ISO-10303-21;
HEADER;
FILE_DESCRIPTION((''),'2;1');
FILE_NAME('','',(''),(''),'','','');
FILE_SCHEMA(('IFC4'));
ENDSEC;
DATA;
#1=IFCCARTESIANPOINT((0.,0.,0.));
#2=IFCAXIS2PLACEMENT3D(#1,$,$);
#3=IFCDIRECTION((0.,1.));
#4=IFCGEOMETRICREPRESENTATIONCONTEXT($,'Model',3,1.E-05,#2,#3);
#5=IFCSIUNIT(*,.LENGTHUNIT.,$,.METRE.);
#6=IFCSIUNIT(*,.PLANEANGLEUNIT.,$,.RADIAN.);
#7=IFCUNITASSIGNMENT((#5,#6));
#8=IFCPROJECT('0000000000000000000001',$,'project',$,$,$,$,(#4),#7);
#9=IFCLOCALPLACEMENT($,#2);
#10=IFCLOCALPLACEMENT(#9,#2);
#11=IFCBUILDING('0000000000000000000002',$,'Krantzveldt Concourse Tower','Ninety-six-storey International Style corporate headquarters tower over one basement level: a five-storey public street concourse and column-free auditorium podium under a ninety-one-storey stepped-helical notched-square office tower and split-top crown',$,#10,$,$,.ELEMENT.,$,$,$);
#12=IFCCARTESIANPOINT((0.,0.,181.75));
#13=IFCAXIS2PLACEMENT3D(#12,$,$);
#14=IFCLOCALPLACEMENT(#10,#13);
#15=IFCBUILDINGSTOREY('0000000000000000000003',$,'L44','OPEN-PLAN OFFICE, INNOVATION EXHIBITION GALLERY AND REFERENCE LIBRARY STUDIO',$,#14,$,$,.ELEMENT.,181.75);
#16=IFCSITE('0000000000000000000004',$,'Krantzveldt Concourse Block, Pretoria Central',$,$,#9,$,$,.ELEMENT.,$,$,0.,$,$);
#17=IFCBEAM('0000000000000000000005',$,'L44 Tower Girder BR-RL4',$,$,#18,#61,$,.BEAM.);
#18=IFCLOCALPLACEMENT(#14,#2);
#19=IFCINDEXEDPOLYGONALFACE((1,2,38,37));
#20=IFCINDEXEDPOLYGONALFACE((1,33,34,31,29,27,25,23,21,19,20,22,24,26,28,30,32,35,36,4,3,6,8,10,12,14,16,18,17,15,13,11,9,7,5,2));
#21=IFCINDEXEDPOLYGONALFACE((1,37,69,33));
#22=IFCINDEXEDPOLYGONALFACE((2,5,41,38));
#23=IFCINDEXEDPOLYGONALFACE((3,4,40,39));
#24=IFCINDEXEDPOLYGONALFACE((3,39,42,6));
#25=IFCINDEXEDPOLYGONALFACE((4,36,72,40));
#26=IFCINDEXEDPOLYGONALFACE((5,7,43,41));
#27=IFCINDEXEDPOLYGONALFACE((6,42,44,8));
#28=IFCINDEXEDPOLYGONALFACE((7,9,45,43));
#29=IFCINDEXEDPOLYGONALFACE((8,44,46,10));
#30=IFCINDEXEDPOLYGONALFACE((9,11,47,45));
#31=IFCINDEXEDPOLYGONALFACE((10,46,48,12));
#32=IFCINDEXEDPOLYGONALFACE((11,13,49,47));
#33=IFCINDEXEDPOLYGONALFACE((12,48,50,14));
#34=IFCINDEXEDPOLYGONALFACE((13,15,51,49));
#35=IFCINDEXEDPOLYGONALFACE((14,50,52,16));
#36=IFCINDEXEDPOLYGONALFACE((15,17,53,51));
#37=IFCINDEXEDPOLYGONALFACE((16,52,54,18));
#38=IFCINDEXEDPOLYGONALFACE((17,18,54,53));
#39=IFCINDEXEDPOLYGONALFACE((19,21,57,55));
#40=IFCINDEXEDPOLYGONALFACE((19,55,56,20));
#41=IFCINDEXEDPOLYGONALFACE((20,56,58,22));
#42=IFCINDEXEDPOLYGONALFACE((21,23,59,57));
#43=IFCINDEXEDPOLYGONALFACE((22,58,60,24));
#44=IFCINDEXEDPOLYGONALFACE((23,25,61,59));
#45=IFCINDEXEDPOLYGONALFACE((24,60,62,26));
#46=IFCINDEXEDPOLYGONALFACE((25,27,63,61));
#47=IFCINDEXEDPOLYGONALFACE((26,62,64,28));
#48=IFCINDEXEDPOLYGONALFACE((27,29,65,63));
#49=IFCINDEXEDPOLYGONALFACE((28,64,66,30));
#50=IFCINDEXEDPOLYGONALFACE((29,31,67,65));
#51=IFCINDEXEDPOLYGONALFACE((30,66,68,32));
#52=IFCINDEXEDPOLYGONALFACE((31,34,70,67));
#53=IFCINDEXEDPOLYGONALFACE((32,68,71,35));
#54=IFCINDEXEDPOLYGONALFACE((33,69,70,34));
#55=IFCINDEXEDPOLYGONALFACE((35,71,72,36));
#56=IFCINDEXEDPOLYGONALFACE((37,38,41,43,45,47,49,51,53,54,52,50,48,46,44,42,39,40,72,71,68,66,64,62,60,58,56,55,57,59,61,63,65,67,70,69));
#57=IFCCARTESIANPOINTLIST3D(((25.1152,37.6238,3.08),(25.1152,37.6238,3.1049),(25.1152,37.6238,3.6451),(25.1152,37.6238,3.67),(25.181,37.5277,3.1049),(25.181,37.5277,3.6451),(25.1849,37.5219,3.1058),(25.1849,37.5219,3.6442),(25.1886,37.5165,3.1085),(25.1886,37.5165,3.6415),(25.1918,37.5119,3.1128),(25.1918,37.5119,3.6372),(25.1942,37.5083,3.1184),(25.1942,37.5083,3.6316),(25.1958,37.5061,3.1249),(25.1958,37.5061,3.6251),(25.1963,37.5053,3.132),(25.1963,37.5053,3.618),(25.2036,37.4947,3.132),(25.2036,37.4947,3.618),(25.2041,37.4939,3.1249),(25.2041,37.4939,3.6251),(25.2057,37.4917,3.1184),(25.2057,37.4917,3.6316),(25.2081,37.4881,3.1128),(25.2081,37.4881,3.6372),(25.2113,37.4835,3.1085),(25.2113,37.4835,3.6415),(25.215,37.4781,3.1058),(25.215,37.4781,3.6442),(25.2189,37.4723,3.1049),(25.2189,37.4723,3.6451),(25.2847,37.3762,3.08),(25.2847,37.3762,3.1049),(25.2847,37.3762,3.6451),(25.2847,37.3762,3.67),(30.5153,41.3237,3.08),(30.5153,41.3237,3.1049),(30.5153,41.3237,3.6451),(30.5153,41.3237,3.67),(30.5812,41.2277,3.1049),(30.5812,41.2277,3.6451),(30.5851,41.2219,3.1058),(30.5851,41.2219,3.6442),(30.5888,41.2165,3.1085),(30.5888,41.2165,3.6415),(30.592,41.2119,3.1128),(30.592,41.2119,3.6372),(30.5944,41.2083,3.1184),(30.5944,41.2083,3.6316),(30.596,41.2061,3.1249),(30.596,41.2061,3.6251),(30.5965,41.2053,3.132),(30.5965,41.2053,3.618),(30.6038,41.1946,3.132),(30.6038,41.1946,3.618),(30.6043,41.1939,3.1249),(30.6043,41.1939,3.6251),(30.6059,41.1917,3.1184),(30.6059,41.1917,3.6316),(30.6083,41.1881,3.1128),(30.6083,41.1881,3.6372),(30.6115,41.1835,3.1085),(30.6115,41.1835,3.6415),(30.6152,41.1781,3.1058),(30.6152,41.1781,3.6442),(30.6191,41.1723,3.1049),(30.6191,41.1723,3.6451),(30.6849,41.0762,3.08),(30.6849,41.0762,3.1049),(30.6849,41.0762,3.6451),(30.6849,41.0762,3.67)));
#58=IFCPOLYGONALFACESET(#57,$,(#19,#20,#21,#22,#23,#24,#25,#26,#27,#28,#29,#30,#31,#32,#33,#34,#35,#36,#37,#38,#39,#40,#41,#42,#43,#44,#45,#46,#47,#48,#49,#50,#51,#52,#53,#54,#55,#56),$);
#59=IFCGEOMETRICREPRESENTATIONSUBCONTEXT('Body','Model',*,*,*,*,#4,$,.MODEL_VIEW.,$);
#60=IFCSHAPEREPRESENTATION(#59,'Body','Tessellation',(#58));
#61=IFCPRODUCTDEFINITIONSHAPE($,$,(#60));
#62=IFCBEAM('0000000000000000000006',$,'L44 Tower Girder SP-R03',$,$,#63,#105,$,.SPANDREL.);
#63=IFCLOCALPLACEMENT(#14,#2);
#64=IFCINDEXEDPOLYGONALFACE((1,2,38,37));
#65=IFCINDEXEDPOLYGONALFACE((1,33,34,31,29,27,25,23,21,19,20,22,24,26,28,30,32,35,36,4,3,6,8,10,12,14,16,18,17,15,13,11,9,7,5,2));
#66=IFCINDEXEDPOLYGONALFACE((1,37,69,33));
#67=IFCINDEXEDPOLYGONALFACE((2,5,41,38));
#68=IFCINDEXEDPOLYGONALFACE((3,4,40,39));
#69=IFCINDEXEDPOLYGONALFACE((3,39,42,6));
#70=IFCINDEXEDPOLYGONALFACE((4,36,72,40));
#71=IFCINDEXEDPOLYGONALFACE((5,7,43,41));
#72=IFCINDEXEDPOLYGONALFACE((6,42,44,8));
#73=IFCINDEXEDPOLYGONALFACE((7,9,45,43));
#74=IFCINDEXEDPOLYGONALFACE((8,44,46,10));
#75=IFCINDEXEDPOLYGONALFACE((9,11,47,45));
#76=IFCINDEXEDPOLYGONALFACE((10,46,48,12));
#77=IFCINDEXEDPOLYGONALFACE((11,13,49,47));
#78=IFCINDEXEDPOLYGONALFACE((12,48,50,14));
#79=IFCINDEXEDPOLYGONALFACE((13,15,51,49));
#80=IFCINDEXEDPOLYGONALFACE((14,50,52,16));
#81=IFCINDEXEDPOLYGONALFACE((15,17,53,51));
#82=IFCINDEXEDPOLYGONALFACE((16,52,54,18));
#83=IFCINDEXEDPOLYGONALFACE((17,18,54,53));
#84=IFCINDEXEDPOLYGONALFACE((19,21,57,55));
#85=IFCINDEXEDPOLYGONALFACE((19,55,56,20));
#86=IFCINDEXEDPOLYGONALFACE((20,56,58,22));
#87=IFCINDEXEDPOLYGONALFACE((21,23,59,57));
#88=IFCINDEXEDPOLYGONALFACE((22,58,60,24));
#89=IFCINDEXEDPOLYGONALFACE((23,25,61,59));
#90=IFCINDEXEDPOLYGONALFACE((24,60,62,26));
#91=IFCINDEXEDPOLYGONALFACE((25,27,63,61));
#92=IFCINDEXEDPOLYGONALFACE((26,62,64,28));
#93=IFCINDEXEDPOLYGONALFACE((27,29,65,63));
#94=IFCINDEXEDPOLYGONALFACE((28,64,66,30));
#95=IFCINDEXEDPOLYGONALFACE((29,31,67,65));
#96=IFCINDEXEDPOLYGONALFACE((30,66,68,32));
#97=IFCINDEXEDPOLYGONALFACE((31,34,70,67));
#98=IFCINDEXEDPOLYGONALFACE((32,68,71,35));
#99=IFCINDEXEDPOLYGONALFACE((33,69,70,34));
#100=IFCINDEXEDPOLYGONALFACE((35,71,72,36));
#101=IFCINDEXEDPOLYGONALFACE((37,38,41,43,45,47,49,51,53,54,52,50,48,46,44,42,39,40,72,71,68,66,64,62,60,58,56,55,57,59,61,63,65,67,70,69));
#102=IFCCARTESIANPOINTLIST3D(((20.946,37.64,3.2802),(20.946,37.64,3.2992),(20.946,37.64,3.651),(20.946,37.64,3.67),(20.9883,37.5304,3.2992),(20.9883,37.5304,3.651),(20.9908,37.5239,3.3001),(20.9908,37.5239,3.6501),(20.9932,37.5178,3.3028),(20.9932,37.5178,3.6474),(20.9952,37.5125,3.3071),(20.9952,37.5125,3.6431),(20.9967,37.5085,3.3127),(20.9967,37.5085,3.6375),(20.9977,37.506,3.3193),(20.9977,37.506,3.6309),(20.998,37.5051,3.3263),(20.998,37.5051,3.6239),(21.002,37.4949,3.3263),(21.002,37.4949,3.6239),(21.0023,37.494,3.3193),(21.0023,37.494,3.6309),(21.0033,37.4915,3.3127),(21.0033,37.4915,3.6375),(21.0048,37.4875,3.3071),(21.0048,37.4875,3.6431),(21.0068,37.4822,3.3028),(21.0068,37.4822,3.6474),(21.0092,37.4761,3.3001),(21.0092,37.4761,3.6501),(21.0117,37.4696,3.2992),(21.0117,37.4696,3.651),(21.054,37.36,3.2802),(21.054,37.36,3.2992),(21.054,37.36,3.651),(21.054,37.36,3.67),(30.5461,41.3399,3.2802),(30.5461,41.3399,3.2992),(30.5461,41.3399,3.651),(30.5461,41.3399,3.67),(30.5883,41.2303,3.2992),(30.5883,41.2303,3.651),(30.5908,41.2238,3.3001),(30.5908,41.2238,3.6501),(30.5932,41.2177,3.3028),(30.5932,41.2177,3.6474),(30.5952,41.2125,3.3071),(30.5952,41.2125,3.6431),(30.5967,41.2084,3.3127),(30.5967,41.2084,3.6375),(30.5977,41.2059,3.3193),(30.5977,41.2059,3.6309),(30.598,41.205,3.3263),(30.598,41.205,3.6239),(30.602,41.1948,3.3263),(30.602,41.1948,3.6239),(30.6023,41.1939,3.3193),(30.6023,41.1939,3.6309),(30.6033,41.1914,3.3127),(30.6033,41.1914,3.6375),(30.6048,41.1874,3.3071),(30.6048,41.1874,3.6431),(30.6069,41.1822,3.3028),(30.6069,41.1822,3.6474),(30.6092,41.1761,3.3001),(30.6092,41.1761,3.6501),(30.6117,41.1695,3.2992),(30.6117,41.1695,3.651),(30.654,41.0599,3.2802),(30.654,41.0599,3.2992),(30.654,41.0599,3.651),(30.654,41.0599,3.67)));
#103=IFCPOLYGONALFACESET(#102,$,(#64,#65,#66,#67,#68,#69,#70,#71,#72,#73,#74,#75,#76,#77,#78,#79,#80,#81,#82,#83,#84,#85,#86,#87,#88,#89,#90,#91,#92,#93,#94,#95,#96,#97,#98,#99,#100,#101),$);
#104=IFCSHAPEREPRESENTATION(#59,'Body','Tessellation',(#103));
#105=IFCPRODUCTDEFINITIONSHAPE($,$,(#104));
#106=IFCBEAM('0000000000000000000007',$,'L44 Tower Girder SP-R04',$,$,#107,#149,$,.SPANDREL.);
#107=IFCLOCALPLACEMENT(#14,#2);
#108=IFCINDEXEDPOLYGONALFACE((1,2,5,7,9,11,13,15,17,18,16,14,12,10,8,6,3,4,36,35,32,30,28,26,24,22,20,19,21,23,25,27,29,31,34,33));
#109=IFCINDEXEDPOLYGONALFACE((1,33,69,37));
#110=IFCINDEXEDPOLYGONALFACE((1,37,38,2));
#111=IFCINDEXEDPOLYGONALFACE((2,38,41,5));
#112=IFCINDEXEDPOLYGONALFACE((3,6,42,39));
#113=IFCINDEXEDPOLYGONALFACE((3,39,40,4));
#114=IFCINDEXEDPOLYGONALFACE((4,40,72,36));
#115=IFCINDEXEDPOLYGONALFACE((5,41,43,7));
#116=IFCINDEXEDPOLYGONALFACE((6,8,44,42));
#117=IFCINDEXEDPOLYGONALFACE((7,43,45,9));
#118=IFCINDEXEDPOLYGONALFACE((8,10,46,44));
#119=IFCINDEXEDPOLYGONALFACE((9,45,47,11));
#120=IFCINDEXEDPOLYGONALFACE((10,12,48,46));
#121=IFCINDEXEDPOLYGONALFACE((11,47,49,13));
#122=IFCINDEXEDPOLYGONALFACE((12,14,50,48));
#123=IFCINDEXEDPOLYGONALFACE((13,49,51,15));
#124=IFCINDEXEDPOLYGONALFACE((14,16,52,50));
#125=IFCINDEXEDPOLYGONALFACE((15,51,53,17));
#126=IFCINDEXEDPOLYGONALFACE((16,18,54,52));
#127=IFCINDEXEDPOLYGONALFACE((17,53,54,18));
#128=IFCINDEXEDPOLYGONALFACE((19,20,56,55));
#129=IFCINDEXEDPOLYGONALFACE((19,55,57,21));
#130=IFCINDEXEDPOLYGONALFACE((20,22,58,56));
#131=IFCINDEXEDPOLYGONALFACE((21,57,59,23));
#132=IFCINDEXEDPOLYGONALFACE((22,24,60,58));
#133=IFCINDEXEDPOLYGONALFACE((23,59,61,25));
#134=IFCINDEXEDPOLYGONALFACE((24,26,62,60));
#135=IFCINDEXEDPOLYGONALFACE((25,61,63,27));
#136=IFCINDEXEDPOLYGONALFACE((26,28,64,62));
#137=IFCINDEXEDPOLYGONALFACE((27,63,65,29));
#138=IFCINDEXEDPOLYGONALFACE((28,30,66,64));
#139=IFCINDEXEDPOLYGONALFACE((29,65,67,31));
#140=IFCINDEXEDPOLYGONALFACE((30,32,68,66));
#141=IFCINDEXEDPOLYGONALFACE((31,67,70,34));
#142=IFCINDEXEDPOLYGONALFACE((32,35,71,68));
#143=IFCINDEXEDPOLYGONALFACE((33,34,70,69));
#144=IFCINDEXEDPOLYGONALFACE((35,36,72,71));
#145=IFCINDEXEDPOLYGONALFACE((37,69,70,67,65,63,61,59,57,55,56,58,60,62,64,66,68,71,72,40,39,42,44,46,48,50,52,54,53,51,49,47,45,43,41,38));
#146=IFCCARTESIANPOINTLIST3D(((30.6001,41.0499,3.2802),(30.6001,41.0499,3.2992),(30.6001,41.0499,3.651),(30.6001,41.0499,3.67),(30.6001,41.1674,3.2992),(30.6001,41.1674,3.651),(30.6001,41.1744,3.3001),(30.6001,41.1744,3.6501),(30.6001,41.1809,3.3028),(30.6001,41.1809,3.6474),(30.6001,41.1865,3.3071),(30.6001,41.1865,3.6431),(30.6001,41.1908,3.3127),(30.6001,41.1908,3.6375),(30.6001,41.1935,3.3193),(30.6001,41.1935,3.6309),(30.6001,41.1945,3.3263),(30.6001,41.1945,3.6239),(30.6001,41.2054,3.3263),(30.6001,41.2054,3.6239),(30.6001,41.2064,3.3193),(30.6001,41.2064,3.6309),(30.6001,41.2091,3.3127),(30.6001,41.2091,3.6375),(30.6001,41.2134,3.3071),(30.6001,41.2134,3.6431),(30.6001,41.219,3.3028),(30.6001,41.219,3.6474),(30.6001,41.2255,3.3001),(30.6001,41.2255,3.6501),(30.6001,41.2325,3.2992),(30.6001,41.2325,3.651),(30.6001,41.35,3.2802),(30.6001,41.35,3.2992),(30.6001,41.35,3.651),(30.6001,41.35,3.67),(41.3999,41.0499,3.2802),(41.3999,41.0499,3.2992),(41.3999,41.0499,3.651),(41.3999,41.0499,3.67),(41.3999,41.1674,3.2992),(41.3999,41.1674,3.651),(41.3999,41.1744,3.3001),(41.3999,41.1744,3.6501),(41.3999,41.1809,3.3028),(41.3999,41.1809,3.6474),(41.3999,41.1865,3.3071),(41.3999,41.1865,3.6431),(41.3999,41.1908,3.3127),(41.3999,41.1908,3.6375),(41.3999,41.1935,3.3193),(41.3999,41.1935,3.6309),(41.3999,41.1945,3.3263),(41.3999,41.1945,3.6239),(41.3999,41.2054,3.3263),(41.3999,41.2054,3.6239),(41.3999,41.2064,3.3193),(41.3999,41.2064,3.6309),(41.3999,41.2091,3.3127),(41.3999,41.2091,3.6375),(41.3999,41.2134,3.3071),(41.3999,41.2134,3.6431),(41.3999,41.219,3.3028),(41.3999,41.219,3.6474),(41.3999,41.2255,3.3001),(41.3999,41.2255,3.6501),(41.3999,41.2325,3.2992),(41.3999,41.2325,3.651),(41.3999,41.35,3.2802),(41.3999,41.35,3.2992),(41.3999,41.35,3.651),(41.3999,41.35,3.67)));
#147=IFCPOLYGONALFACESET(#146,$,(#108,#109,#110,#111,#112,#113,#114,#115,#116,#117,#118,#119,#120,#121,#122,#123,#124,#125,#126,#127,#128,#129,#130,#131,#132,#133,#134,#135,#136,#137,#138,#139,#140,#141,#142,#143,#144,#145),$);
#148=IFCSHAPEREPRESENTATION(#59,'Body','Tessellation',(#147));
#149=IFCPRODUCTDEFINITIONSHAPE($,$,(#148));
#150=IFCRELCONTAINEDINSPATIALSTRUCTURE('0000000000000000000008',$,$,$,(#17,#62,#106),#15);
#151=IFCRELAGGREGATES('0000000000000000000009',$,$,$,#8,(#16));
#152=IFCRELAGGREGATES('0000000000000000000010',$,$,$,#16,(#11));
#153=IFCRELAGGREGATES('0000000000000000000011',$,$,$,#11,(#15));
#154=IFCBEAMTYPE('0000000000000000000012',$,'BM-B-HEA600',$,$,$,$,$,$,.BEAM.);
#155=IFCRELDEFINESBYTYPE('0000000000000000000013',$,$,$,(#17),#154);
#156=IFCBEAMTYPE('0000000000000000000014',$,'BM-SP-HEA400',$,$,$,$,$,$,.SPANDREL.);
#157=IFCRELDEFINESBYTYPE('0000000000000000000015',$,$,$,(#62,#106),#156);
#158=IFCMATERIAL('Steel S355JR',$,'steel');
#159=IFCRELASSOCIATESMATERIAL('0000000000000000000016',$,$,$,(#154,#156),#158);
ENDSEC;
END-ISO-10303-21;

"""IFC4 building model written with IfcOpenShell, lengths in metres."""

from ifc_helpers import new_model, si_unit, direction, frame, origin, origin_2d, place, context, subcontext, project, spatial, i_section, extrude, source, transform, mapped, material, material_profile, profile_set, type_object, type_shapes, element, save


model = new_model("IFC4")

# Units and contexts
model_context = context("Model", 3, precision=1e-05, world=origin(), true_north=direction((0.0, 1.0)))
body_context = subcontext(model_context, "Body", "Model", "MODEL_VIEW")
ifc_project = project(units=[si_unit("LENGTHUNIT", "METRE"), si_unit("PLANEANGLEUNIT", "RADIAN")], contexts=[model_context])

# Site, building, storey
site_placement = place(None, origin())
site = spatial("IfcSite", under=ifc_project, at=site_placement, Name="Krantzveldt Concourse Block, Pretoria Central", CompositionType="ELEMENT", RefElevation=0.0)
building_placement = place(site_placement, origin())
building = spatial("IfcBuilding", under=site, at=building_placement, Name="Krantzveldt Concourse Tower", Description="Ninety-six-storey International Style corporate headquarters tower over one basement level: a five-storey public street concourse and column-free auditorium podium under a ninety-one-storey stepped-helical notched-square office tower and split-top crown", CompositionType="ELEMENT")
storey_placement = place(building_placement, frame((0.0, 0.0, 181.75)))
storey = spatial("IfcBuildingStorey", under=building, at=storey_placement, Name="L44", Description="OPEN-PLAN OFFICE, INNOVATION EXHIBITION GALLERY AND REFERENCE LIBRARY STUDIO", CompositionType="ELEMENT", Elevation=181.75)

# Beams
ifc_material_1 = material(Name="Steel S355JR", Category="steel")
ifc_material_profile_1 = material_profile(ifc_material_1, i_section(OverallWidth=0.3, OverallDepth=0.5901, WebThickness=0.0129, FlangeThickness=0.0249, FilletRadius=0.0271, at=origin_2d()), Name="Steel S355JR", Category="steel")
ifc_profile_set_1 = profile_set([ifc_material_profile_1], Name="Steel S355JR - HEA 600")
beam_type_1 = type_object("IfcBeamType", Name="BM-B-HEA600", PredefinedType="BEAM", material=ifc_profile_set_1)
shared_shape_1 = source(origin(), body_context, "Body", "SweptSolid", [
    extrude(i_section(OverallWidth=0.3, OverallDepth=0.5901, WebThickness=0.0129, FlangeThickness=0.0249, FilletRadius=0.0271, at=origin_2d()), origin(), (0.0, 0.0, 1.0), 6.5461),
])
beam_1_placement = place(storey_placement, frame((25.2, 37.5, 3.375), z_axis=(0.824943, 0.565216, 0.0), x_axis=(-0.565216, 0.824943, 0.0)))
element("IfcBeam", 1, at=beam_1_placement, inside=storey, type_object=beam_type_1, Name="L44 Tower Girder BR-RL4", PredefinedType="BEAM", context=body_context, shape_type="MappedRepresentation", body=[
    mapped(shared_shape_1, transform((0.0, 0.0, 0.0), x_axis=(1.0, 0.0, 0.0), y_axis=(0.0, 1.0, 0.0), z_axis=(0.0, 0.0, 1.0), scale=1.0)),
])
ifc_material_profile_2 = material_profile(ifc_material_1, i_section(OverallWidth=0.3, OverallDepth=0.3899, WebThickness=0.011, FlangeThickness=0.019, FilletRadius=0.0271, at=origin_2d()), Name="Steel S355JR", Category="steel")
ifc_profile_set_2 = profile_set([ifc_material_profile_2], Name="Steel S355JR - HEA 400")
beam_type_2 = type_object("IfcBeamType", Name="BM-SP-HEA400", PredefinedType="SPANDREL", material=ifc_profile_set_2)
shared_shape_2 = source(origin(), body_context, "Body", "SweptSolid", [
    extrude(i_section(OverallWidth=0.3, OverallDepth=0.3899, WebThickness=0.011, FlangeThickness=0.019, FilletRadius=0.0271, at=origin_2d()), origin(), (0.0, 0.0, 1.0), 10.2883),
])
beam_2_placement = place(storey_placement, frame((21.0, 37.5, 3.4751), z_axis=(0.933098, 0.359623, 0.0), x_axis=(-0.359623, 0.933098, 0.0)))
element("IfcBeam", 2, at=beam_2_placement, inside=storey, type_object=beam_type_2, Name="L44 Tower Girder SP-R03", PredefinedType="SPANDREL", context=body_context, shape_type="MappedRepresentation", body=[
    mapped(shared_shape_2, transform((0.0, 0.0, 0.0), x_axis=(1.0, 0.0, 0.0), y_axis=(0.0, 1.0, 0.0), z_axis=(0.0, 0.0, 1.0), scale=1.0)),
])
shared_shape_3 = source(origin(), body_context, "Body", "SweptSolid", [
    extrude(i_section(OverallWidth=0.3, OverallDepth=0.3899, WebThickness=0.011, FlangeThickness=0.019, FilletRadius=0.0271, at=origin_2d()), origin(), (0.0, 0.0, 1.0), 10.7998),
])
type_shapes(beam_type_2, [shared_shape_2, shared_shape_3])
beam_3_placement = place(storey_placement, frame((30.6001, 41.2, 3.4751), z_axis=(1.0, 0.0, 0.0), x_axis=(0.0, 1.0, 0.0)))
element("IfcBeam", 3, at=beam_3_placement, inside=storey, type_object=beam_type_2, Name="L44 Tower Girder SP-R04", PredefinedType="SPANDREL", context=body_context, shape_type="MappedRepresentation", body=[
    mapped(shared_shape_3, transform((0.0, 0.0, 0.0), x_axis=(1.0, 0.0, 0.0), y_axis=(0.0, 1.0, 0.0), z_axis=(0.0, 0.0, 1.0), scale=1.0)),
])

save(model, "model.ifc")
